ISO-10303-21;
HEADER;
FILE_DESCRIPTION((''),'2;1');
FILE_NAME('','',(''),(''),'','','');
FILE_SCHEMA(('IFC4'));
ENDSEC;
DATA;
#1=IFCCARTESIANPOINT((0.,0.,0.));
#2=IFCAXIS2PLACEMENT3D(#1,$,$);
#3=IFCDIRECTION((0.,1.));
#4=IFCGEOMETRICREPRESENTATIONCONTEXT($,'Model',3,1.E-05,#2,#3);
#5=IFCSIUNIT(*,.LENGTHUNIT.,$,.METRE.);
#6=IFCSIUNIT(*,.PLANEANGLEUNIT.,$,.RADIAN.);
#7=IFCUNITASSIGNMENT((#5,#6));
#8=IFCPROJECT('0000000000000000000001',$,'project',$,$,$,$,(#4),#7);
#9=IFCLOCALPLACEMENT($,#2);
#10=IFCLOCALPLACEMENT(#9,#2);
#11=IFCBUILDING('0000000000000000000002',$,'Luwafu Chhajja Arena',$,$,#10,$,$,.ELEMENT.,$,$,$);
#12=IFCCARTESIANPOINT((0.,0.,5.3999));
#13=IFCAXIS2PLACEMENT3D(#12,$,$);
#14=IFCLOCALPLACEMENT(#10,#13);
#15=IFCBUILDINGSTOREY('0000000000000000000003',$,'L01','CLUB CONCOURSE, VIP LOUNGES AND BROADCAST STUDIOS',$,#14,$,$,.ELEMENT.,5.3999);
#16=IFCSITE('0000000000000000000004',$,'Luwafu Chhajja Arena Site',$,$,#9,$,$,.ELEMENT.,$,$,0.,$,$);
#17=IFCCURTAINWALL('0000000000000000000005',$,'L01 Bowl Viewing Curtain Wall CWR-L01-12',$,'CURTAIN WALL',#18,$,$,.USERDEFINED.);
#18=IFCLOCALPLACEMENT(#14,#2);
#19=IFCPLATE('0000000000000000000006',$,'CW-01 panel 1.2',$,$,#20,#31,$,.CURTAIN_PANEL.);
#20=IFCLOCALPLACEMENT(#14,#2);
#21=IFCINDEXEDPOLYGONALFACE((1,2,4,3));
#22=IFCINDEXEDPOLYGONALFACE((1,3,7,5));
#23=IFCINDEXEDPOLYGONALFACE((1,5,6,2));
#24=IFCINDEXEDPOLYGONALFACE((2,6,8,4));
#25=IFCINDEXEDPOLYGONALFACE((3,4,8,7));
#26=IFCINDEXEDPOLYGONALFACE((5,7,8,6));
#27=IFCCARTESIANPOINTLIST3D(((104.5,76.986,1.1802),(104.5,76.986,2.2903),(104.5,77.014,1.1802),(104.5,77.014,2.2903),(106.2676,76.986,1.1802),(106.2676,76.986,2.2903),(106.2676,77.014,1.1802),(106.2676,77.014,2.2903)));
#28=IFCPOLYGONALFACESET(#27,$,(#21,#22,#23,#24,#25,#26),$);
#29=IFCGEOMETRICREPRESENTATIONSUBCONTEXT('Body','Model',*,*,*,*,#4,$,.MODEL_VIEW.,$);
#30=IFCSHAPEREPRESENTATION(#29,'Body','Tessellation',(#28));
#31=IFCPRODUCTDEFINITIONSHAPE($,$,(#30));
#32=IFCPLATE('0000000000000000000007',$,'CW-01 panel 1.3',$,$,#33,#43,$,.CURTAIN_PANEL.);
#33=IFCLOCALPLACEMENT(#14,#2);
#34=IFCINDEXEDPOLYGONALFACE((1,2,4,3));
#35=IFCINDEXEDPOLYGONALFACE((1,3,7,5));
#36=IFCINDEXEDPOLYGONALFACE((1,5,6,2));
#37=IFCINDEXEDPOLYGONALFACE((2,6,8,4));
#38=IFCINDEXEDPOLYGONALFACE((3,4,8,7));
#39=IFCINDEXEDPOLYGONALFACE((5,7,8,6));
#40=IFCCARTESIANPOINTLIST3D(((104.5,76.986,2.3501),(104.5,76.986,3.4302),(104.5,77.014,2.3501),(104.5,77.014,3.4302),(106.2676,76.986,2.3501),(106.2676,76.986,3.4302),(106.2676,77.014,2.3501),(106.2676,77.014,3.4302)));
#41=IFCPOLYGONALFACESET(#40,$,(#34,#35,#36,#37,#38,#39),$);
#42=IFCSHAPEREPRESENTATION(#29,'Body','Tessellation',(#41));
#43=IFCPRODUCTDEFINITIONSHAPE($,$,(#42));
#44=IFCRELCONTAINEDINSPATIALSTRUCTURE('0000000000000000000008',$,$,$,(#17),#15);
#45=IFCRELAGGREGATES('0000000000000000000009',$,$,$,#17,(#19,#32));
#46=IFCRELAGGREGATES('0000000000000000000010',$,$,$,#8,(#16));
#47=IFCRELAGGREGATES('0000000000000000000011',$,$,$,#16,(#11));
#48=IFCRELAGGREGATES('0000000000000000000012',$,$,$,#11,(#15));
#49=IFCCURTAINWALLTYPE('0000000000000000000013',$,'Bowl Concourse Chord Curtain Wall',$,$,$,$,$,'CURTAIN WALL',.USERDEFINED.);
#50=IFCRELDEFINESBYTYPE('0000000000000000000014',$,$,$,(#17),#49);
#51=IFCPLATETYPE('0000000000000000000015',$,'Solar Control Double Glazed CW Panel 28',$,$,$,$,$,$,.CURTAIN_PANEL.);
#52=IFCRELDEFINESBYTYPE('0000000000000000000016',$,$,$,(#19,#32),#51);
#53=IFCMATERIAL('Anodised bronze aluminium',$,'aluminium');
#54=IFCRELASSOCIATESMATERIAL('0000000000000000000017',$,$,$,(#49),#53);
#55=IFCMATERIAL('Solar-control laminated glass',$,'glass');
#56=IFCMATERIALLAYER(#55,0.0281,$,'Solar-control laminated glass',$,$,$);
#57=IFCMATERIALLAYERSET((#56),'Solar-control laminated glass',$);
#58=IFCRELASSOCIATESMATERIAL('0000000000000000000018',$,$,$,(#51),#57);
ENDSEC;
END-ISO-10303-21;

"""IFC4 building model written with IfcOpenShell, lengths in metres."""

from ifc_helpers import new_model, si_unit, direction, frame, origin, origin_2d, place, context, subcontext, project, spatial, rectangle, extrude, material, layer, layer_set, type_object, element, aggregate, save


model = new_model("IFC4")

# Units and contexts
model_context = context("Model", 3, precision=1e-05, world=origin(), true_north=direction((0.0, 1.0)))
body_context = subcontext(model_context, "Body", "Model", "MODEL_VIEW")
ifc_project = project(units=[si_unit("LENGTHUNIT", "METRE"), si_unit("PLANEANGLEUNIT", "RADIAN")], contexts=[model_context])

# Site, building, storey
site_placement = place(None, origin())
site = spatial("IfcSite", under=ifc_project, at=site_placement, Name="Luwafu Chhajja Arena Site", CompositionType="ELEMENT", RefElevation=0.0)
building_placement = place(site_placement, origin())
building = spatial("IfcBuilding", under=site, at=building_placement, Name="Luwafu Chhajja Arena", CompositionType="ELEMENT")
storey_placement = place(building_placement, frame((0.0, 0.0, 5.3999)))
storey = spatial("IfcBuildingStorey", under=building, at=storey_placement, Name="L01", Description="CLUB CONCOURSE, VIP LOUNGES AND BROADCAST STUDIOS", CompositionType="ELEMENT", Elevation=5.3999)

# Curtain wall
ifc_material_1 = material(Name="Anodised bronze aluminium", Category="aluminium")
curtain_wall_type = type_object("IfcCurtainWallType", Name="Bowl Concourse Chord Curtain Wall", ElementType="CURTAIN WALL", PredefinedType="USERDEFINED", material=ifc_material_1)
curtain_wall_1_placement = place(storey_placement, origin())
curtain_wall_1 = element("IfcCurtainWall", 1, at=curtain_wall_1_placement, inside=storey, type_object=curtain_wall_type, Name="L01 Bowl Viewing Curtain Wall CWR-L01-12", ObjectType="CURTAIN WALL", PredefinedType="USERDEFINED")

# Plates
ifc_material_2 = material(Name="Solar-control laminated glass", Category="glass")
ifc_layer = layer(ifc_material_2, 0.0281, Name="Solar-control laminated glass")
ifc_layer_set = layer_set([ifc_layer], Name="Solar-control laminated glass")
plate_type = type_object("IfcPlateType", Name="Solar Control Double Glazed CW Panel 28", PredefinedType="CURTAIN_PANEL", material=ifc_layer_set)
plate_1_placement = place(storey_placement, frame((105.3838, 77.0, 1.1802), z_axis=(0.0, 0.0, 1.0), x_axis=(1.0, 0.0, 0.0)))
plate_1 = element("IfcPlate", 2, at=plate_1_placement, type_object=plate_type, Name="CW-01 panel 1.2", PredefinedType="CURTAIN_PANEL", context=body_context, shape_type="SweptSolid", body=[
    extrude(rectangle(XDim=1.7676, YDim=0.0281, at=origin_2d()), origin(), (0.0, 0.0, 1.0), 1.1101),
])
plate_2_placement = place(storey_placement, frame((105.3838, 77.0, 2.3501), z_axis=(0.0, 0.0, 1.0), x_axis=(1.0, 0.0, 0.0)))
plate_2 = element("IfcPlate", 3, at=plate_2_placement, type_object=plate_type, Name="CW-01 panel 1.3", PredefinedType="CURTAIN_PANEL", context=body_context, shape_type="SweptSolid", body=[
    extrude(rectangle(XDim=1.7676, YDim=0.0281, at=origin_2d()), origin(), (0.0, 0.0, 1.0), 1.0801),
])
aggregate(curtain_wall_1, [plate_1, plate_2])

save(model, "model.ifc")
